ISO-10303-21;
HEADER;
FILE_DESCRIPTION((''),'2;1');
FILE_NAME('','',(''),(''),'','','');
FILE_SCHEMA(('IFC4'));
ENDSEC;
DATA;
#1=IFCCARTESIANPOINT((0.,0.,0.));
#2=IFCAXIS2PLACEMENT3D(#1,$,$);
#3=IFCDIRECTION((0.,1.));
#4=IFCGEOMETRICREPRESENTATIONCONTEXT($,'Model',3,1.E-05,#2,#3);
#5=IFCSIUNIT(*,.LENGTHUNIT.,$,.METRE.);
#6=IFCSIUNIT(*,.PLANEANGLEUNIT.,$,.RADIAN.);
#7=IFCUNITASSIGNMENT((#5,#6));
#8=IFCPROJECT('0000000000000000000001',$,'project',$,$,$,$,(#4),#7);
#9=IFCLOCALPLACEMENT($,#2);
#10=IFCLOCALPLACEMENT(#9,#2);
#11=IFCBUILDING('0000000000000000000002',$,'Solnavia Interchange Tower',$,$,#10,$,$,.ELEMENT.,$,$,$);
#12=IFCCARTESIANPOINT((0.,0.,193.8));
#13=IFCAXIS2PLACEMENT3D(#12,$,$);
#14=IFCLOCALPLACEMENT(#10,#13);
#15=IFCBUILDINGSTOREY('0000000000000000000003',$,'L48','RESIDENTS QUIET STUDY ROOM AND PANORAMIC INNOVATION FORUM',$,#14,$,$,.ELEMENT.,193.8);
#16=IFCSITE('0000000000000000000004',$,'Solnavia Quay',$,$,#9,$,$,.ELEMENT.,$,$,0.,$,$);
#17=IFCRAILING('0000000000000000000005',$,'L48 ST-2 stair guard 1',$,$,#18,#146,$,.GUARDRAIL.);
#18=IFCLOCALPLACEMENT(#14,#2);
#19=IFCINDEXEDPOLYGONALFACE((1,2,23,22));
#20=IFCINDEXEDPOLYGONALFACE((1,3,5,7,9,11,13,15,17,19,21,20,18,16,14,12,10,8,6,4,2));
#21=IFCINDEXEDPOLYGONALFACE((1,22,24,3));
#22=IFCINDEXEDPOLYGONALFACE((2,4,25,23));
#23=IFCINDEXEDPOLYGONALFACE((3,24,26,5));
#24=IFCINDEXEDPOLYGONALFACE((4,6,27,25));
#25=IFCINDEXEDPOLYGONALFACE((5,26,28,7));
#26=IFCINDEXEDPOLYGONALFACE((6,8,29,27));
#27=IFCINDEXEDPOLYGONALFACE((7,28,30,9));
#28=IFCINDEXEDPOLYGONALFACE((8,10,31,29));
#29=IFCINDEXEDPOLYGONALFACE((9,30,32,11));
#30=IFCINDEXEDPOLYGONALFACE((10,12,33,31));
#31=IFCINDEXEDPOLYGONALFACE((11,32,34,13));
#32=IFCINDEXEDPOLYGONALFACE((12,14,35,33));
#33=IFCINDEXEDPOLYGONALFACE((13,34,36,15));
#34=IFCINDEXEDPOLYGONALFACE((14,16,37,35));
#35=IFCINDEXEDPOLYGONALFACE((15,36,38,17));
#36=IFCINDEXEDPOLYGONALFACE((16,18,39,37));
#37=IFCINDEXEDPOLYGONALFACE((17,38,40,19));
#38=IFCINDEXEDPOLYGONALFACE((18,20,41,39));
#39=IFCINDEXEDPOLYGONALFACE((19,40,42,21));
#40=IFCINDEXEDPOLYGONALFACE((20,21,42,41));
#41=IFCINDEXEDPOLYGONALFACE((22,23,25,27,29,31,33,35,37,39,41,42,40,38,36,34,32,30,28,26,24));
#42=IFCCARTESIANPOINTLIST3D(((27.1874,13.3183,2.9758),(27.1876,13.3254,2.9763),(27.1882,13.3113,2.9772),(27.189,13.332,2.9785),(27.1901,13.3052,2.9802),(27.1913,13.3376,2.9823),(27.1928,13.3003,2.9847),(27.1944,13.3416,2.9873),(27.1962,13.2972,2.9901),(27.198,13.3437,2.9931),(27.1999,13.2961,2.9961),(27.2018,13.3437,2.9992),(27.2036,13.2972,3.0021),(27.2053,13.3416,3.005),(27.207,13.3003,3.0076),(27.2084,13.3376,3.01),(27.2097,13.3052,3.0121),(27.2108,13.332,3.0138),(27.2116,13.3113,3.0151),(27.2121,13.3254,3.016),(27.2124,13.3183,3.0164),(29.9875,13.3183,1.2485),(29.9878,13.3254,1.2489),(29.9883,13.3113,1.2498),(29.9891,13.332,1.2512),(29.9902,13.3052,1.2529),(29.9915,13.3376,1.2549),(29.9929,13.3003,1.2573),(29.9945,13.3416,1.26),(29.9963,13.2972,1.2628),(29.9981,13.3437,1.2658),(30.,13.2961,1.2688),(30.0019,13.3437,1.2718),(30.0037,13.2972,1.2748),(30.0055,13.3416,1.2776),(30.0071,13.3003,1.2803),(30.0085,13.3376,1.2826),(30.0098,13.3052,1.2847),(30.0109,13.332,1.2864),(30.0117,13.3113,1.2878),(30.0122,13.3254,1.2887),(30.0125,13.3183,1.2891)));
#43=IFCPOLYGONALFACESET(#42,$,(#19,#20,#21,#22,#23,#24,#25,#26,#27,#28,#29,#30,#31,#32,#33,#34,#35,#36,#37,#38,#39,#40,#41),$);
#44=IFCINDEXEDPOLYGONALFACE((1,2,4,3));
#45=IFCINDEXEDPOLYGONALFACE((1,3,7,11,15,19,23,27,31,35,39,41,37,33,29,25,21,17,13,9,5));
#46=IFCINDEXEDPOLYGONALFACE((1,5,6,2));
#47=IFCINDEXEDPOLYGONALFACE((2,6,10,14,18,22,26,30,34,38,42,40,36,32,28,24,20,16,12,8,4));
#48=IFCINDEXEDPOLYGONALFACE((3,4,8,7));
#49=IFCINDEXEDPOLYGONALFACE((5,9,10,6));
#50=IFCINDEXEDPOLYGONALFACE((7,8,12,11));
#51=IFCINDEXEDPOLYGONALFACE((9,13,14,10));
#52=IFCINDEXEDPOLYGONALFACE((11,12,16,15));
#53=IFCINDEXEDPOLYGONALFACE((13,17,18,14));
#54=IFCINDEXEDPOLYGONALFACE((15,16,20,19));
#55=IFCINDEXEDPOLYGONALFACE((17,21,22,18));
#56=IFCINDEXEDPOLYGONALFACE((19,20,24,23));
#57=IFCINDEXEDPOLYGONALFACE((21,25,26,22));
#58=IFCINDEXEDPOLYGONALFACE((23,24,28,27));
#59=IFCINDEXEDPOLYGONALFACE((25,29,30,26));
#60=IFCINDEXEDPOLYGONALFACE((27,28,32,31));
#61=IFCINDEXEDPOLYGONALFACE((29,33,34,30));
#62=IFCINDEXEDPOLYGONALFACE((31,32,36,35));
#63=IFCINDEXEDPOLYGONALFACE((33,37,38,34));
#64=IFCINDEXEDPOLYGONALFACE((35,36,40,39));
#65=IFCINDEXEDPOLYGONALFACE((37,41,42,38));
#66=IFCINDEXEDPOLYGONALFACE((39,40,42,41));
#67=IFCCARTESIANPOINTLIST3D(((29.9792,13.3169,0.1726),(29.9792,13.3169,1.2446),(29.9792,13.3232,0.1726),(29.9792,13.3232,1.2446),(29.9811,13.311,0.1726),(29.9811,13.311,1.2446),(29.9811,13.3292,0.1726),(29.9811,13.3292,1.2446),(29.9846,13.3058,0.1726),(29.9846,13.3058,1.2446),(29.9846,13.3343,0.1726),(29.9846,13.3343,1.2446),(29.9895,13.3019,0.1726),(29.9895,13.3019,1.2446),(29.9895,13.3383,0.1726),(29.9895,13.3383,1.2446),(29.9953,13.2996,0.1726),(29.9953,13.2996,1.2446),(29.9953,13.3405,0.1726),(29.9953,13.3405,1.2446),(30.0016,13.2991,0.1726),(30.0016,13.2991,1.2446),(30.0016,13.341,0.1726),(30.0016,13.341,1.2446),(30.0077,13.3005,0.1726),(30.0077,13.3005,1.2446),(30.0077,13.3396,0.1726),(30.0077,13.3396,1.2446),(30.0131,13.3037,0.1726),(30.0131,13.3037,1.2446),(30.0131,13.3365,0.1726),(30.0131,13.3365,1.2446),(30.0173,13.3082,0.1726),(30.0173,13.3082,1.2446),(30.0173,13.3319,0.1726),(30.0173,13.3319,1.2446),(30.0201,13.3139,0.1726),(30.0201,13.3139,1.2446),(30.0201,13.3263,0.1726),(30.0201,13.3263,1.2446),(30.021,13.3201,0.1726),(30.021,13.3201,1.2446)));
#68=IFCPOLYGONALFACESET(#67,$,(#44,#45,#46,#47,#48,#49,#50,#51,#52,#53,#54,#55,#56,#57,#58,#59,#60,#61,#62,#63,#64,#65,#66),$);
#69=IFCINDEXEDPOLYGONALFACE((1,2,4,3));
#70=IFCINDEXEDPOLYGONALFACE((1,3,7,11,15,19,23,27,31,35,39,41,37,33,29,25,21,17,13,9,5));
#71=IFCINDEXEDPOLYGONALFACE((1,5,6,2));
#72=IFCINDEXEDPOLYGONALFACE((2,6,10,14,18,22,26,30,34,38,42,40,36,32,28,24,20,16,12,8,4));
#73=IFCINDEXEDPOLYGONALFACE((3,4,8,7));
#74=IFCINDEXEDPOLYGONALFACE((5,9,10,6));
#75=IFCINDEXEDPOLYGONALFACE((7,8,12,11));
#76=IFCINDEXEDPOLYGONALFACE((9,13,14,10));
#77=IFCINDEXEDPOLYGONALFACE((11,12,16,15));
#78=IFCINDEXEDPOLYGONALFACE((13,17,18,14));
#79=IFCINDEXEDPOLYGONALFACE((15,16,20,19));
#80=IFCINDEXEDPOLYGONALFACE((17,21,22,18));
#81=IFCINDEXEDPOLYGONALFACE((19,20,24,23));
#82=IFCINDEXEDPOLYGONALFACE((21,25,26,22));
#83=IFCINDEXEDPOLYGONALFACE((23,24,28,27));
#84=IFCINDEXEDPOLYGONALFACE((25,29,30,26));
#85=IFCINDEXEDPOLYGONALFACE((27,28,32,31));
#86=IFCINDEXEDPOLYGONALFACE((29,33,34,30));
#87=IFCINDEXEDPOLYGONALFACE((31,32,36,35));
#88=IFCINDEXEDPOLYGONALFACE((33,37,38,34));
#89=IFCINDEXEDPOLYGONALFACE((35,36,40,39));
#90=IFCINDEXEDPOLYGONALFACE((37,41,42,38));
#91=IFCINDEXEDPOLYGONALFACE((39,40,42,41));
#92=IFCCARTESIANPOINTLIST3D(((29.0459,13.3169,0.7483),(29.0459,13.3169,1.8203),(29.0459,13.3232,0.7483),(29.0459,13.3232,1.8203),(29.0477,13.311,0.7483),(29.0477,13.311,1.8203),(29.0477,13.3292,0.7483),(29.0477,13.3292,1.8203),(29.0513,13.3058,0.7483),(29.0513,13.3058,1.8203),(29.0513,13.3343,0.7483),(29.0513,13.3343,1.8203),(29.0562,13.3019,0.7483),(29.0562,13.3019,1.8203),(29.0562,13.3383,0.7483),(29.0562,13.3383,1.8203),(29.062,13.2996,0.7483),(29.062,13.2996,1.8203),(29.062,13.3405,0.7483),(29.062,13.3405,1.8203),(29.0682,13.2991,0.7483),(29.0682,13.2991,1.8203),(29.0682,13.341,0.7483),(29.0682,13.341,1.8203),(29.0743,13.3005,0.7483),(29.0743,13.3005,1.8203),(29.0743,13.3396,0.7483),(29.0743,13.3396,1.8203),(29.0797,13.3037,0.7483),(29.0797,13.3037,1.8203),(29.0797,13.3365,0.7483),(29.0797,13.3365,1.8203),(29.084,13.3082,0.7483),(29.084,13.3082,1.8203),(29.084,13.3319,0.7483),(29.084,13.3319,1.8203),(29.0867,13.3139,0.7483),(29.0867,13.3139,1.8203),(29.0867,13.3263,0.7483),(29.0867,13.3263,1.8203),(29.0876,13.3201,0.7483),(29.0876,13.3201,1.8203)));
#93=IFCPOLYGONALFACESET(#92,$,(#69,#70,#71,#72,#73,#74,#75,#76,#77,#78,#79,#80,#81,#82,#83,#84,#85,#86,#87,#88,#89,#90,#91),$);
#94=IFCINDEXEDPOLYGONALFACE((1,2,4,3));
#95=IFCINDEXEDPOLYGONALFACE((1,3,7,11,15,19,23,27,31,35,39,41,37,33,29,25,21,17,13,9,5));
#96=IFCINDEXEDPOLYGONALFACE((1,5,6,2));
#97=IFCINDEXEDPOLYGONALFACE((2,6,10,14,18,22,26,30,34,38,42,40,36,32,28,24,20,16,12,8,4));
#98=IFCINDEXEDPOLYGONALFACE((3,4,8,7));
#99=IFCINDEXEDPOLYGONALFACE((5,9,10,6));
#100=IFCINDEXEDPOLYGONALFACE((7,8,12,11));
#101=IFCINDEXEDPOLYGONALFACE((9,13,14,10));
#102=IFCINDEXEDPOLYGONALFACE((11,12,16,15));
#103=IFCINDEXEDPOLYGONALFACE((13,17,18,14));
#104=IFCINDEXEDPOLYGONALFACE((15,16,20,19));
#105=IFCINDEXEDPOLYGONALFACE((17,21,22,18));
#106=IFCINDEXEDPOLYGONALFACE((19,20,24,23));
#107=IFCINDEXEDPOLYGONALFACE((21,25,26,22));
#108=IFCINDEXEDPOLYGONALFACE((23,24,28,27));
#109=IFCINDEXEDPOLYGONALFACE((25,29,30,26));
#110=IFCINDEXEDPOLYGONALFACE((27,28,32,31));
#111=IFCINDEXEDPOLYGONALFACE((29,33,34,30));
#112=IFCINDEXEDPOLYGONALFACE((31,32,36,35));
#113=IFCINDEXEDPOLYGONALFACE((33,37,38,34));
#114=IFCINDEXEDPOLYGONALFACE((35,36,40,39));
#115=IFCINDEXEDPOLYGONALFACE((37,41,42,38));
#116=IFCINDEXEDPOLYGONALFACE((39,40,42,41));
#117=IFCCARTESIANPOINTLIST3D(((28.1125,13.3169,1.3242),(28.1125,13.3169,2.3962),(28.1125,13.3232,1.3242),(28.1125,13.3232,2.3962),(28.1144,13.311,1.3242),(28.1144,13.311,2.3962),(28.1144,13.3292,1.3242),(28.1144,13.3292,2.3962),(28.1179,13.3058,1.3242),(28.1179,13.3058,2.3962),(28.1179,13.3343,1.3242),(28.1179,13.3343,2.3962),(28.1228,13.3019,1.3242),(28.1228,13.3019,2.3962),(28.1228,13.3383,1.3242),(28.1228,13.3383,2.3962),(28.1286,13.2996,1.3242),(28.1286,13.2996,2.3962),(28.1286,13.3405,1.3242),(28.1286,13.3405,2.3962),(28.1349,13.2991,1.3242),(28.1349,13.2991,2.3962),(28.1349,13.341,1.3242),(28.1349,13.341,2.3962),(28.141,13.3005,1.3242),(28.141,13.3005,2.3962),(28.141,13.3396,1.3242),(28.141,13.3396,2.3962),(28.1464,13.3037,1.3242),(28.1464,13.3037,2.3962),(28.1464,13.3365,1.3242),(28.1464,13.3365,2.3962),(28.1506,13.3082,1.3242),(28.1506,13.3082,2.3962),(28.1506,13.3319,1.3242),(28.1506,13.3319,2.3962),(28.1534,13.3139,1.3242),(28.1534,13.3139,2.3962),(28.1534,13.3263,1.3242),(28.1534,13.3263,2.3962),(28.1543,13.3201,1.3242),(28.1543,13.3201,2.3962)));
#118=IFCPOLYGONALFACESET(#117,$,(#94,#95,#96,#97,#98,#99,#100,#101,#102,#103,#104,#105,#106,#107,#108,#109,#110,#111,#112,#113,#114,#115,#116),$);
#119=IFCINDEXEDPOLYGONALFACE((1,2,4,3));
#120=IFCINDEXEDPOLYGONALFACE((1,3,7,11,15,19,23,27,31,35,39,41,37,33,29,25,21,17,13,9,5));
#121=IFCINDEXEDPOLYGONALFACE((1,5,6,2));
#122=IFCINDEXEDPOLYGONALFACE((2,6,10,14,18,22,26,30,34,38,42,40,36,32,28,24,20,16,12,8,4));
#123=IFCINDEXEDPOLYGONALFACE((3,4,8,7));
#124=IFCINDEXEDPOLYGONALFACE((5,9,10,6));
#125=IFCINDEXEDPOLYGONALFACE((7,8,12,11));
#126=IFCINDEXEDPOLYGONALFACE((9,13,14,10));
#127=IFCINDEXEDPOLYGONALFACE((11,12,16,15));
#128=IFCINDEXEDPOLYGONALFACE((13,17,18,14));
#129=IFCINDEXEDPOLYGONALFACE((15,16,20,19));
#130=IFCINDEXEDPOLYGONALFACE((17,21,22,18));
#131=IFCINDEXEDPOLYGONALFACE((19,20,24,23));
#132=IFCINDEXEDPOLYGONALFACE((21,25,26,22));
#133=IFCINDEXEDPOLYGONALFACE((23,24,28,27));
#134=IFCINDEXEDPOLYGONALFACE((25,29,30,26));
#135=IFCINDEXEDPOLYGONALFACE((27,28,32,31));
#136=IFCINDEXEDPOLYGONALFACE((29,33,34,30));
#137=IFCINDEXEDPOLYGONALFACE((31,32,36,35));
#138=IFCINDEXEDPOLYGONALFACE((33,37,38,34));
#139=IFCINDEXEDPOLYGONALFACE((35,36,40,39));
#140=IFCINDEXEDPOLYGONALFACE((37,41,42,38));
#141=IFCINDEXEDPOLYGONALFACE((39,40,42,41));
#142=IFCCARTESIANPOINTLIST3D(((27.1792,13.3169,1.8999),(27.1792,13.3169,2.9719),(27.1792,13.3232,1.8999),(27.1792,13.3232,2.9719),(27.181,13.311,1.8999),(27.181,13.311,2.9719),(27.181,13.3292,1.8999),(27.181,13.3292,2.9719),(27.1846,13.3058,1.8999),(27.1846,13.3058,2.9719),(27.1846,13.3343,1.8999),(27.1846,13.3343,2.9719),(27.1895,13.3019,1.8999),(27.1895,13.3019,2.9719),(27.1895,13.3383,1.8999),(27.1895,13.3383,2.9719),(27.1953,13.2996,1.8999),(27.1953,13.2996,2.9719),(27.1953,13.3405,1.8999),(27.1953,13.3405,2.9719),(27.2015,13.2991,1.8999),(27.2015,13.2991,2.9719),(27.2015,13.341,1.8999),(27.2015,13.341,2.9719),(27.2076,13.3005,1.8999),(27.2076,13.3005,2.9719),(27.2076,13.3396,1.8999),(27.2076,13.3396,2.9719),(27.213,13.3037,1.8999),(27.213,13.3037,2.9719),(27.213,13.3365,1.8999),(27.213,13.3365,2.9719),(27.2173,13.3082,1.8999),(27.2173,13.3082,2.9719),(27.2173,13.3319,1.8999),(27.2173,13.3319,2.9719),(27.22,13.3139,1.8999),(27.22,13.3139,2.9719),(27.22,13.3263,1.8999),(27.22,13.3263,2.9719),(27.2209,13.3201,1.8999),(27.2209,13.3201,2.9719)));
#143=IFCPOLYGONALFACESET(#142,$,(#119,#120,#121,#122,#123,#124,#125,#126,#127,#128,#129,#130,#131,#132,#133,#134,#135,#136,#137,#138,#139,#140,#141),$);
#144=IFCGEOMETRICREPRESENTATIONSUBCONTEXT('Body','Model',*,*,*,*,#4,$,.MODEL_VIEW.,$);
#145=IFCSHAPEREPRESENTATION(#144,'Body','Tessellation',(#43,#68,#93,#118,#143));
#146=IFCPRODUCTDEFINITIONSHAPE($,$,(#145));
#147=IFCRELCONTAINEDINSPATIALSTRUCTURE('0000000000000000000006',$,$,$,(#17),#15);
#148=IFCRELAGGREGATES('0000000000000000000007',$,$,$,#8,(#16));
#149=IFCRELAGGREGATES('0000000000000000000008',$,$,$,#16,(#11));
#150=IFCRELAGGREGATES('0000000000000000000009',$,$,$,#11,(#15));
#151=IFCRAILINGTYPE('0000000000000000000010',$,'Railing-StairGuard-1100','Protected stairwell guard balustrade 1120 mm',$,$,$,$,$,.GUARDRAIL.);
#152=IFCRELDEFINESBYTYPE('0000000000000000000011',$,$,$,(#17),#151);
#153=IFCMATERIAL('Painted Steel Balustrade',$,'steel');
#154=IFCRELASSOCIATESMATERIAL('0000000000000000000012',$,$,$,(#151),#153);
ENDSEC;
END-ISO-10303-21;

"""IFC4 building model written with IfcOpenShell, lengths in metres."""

from ifc_helpers import new_model, si_unit, direction, frame, origin, origin_2d, place, context, subcontext, project, spatial, circle, extrude, material, type_object, element, save


model = new_model("IFC4")

# Units and contexts
model_context = context("Model", 3, precision=1e-05, world=origin(), true_north=direction((0.0, 1.0)))
body_context = subcontext(model_context, "Body", "Model", "MODEL_VIEW")
ifc_project = project(units=[si_unit("LENGTHUNIT", "METRE"), si_unit("PLANEANGLEUNIT", "RADIAN")], contexts=[model_context])

# Site, building, storey
site_placement = place(None, origin())
site = spatial("IfcSite", under=ifc_project, at=site_placement, Name="Solnavia Quay", CompositionType="ELEMENT", RefElevation=0.0)
building_placement = place(site_placement, origin())
building = spatial("IfcBuilding", under=site, at=building_placement, Name="Solnavia Interchange Tower", CompositionType="ELEMENT")
storey_placement = place(building_placement, frame((0.0, 0.0, 193.8)))
storey = spatial("IfcBuildingStorey", under=building, at=storey_placement, Name="L48", Description="RESIDENTS QUIET STUDY ROOM AND PANORAMIC INNOVATION FORUM", CompositionType="ELEMENT", Elevation=193.8)

# Railing
ifc_material_1 = material(Name="Painted Steel Balustrade", Category="steel")
railing_type_1 = type_object("IfcRailingType", Name="Railing-StairGuard-1100", Description="Protected stairwell guard balustrade 1120 mm", PredefinedType="GUARDRAIL", material=ifc_material_1)
railing_1_placement = place(storey_placement, frame((30.0, 13.3201, 0.1726)))
element("IfcRailing", 1, at=railing_1_placement, inside=storey, type_object=railing_type_1, Name="L48 ST-2 stair guard 1", PredefinedType="GUARDRAIL", context=body_context, shape_type="SweptSolid", body=[
    extrude(circle(Radius=0.0239, at=origin_2d()), frame((0.0, 0.0, 1.0962), z_axis=(-0.85109, 0.0, 0.52502), x_axis=(0.0, -1.0, 0.0)), (0.0, 0.0, 1.0), 3.29),
    extrude(circle(Radius=0.021, at=origin_2d()), origin(), (0.0, 0.0, 1.0), 1.072),
    extrude(circle(Radius=0.021, at=origin_2d()), frame((-0.9333, 0.0, 0.5757)), (0.0, 0.0, 1.0), 1.072),
    extrude(circle(Radius=0.021, at=origin_2d()), frame((-1.8667, 0.0, 1.1516)), (0.0, 0.0, 1.0), 1.072),
    extrude(circle(Radius=0.021, at=origin_2d()), frame((-2.8, 0.0, 1.7273)), (0.0, 0.0, 1.0), 1.072),
])

save(model, "model.ifc")
